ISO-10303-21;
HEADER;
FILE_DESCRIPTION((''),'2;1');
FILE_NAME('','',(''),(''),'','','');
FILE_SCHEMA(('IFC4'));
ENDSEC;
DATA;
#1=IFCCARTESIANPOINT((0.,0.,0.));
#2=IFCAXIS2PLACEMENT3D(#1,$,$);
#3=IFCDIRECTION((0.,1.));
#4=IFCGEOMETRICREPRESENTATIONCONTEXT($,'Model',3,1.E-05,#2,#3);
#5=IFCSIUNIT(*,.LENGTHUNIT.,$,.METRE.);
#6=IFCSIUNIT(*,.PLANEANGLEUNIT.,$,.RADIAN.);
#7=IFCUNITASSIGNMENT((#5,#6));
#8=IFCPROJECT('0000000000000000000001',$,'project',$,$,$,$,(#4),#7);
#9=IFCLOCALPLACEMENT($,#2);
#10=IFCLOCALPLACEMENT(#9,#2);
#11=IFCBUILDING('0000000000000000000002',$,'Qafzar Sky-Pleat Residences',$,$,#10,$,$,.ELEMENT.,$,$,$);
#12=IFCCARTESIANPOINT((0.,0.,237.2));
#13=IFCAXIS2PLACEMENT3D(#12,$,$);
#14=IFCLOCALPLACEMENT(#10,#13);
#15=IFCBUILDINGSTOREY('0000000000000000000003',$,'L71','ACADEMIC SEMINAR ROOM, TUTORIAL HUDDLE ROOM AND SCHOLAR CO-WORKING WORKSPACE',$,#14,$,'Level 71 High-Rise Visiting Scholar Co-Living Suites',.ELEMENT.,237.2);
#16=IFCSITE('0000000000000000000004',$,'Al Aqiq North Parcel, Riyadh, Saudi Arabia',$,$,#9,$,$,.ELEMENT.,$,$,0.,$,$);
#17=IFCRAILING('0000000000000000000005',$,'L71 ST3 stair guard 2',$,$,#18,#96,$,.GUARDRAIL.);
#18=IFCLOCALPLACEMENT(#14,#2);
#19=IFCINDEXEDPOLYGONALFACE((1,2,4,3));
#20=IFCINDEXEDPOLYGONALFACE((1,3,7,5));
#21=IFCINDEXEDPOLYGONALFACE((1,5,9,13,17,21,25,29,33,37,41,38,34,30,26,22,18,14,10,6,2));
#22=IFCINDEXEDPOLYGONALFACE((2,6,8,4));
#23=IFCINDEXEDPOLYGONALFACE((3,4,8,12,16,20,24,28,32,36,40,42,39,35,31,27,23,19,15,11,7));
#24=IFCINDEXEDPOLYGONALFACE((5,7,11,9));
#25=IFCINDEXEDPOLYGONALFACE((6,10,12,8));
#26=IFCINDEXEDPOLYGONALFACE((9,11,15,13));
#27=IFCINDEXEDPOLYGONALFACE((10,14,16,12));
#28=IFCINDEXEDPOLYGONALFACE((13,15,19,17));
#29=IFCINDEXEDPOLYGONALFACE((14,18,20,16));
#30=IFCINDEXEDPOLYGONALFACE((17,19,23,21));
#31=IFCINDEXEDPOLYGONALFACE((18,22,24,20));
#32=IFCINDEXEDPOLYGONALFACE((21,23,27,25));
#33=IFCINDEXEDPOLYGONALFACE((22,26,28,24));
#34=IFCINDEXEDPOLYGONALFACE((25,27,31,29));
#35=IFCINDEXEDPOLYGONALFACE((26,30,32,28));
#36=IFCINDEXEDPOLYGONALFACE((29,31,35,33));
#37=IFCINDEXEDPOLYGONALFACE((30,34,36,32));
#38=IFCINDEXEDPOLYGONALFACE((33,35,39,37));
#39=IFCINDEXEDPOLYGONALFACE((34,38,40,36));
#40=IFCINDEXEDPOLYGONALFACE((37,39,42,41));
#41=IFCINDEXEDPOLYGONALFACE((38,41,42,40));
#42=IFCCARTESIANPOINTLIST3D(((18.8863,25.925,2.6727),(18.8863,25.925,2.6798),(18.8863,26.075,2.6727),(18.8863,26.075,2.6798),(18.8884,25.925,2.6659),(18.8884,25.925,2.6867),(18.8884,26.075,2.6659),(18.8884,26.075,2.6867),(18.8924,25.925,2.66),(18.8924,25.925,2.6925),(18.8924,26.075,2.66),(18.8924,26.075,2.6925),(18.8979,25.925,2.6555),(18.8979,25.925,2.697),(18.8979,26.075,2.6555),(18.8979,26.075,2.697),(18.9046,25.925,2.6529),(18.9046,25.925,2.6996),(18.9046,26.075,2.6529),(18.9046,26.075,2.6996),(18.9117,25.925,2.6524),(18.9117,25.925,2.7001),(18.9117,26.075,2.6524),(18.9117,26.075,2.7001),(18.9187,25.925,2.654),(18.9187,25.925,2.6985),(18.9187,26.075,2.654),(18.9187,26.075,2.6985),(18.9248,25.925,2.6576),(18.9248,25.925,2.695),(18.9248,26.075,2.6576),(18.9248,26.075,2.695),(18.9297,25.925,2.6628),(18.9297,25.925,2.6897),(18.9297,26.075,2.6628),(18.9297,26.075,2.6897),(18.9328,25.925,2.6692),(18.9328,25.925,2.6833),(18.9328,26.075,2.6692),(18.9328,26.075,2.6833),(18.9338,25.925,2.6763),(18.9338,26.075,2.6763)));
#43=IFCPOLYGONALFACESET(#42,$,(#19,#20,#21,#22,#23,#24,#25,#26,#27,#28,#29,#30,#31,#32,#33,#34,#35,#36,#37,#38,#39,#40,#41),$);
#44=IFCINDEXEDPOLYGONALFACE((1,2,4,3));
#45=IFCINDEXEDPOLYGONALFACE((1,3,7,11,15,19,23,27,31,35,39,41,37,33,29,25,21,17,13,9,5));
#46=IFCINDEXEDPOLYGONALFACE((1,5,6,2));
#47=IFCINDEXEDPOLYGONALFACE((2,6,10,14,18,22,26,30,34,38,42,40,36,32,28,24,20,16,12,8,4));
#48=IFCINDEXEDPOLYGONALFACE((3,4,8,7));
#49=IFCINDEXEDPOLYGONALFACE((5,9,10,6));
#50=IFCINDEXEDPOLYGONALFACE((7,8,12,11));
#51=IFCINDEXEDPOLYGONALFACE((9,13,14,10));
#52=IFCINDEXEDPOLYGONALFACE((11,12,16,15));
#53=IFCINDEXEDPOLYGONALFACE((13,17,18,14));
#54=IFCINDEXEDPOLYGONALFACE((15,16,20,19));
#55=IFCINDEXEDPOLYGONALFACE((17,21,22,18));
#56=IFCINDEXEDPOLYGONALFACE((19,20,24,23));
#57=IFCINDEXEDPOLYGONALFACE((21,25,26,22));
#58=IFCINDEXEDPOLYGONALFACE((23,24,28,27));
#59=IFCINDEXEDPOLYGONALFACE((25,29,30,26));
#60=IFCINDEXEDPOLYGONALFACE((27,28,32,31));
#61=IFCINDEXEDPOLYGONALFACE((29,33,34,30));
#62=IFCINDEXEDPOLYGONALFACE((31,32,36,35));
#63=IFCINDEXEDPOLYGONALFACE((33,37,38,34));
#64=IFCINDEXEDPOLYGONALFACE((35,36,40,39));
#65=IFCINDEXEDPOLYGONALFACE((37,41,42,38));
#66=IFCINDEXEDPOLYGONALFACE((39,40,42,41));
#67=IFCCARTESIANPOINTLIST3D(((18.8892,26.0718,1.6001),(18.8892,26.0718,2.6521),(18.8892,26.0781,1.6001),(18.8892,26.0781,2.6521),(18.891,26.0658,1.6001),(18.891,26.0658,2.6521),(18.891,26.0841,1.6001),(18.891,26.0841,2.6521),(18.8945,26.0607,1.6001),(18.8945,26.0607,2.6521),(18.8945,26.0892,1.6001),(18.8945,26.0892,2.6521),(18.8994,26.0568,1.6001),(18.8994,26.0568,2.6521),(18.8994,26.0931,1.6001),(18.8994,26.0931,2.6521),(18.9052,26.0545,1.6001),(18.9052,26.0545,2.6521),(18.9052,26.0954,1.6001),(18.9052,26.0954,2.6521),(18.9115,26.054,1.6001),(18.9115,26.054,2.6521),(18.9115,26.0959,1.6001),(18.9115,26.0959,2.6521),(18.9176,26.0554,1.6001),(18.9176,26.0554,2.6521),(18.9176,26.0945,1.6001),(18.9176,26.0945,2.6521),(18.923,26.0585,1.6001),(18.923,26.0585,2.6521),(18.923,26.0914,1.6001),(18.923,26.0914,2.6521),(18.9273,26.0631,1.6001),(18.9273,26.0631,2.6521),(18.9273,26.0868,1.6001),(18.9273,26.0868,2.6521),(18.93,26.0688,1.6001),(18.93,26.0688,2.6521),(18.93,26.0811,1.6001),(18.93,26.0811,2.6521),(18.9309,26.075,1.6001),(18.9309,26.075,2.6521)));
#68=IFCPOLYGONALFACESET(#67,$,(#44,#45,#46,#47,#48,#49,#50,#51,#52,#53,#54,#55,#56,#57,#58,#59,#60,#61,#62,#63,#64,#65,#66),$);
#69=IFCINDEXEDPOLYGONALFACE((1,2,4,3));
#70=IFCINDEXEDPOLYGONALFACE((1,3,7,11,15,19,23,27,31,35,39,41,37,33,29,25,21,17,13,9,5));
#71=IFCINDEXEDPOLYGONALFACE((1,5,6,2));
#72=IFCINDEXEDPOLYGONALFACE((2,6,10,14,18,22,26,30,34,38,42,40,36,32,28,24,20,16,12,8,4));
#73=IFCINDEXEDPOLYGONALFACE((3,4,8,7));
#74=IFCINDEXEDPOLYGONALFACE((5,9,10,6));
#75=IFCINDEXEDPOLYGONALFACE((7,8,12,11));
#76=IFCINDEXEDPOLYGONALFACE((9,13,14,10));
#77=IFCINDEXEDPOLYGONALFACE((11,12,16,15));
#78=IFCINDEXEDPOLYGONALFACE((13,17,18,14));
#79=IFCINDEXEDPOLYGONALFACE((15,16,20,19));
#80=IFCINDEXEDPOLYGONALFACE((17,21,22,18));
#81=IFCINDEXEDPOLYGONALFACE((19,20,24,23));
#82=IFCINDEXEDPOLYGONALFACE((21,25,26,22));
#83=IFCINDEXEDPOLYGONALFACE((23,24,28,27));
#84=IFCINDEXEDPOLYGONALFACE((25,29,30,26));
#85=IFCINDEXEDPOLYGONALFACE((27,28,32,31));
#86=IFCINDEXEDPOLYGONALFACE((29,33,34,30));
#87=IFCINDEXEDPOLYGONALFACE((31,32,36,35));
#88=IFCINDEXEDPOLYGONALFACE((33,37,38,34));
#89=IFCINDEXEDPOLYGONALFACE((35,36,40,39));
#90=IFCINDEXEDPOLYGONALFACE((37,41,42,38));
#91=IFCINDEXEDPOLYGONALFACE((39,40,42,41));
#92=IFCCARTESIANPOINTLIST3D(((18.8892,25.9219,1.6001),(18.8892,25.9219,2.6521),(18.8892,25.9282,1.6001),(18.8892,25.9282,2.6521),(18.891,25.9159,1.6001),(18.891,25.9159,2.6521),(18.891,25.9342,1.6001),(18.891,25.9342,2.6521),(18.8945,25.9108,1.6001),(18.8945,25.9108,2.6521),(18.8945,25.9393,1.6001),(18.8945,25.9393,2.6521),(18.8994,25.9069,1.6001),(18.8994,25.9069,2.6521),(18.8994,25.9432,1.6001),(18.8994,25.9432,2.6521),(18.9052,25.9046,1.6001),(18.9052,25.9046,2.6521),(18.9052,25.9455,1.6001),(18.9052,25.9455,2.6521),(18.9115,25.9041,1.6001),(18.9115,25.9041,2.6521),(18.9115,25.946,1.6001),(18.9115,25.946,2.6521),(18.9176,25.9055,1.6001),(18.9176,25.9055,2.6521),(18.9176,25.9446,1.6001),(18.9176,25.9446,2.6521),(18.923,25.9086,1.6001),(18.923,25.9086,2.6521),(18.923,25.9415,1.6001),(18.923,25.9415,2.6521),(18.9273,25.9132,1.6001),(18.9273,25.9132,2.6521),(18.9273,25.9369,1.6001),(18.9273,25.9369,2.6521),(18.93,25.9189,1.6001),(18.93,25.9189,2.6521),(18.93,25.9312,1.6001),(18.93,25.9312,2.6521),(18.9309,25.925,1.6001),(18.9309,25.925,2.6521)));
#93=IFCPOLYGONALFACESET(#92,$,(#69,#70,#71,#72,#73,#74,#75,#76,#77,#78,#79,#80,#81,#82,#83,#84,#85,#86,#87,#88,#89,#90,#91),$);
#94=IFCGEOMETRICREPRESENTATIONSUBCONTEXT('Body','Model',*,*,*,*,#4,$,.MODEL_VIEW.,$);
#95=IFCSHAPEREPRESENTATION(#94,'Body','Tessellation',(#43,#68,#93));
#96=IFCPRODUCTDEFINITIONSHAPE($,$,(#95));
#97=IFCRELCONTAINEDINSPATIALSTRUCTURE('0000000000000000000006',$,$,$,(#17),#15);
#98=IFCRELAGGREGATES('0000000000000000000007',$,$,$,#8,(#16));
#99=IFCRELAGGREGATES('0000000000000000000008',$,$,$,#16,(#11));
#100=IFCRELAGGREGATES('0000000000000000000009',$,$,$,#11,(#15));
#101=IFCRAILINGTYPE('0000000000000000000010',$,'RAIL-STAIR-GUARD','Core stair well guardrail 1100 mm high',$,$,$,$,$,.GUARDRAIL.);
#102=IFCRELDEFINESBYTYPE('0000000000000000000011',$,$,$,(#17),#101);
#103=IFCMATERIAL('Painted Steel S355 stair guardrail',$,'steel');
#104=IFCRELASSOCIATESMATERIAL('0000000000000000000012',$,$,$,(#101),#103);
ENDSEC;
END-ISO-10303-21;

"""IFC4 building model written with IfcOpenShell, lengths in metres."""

from ifc_helpers import new_model, si_unit, direction, frame, origin, origin_2d, place, context, subcontext, project, spatial, circle, extrude, source, transform, mapped, material, type_object, element, save


model = new_model("IFC4")

# Units and contexts
model_context = context("Model", 3, precision=1e-05, world=origin(), true_north=direction((0.0, 1.0)))
body_context = subcontext(model_context, "Body", "Model", "MODEL_VIEW")
ifc_project = project(units=[si_unit("LENGTHUNIT", "METRE"), si_unit("PLANEANGLEUNIT", "RADIAN")], contexts=[model_context])

# Site, building, storey
site_placement = place(None, origin())
site = spatial("IfcSite", under=ifc_project, at=site_placement, Name="Al Aqiq North Parcel, Riyadh, Saudi Arabia", CompositionType="ELEMENT", RefElevation=0.0)
building_placement = place(site_placement, origin())
building = spatial("IfcBuilding", under=site, at=building_placement, Name="Qafzar Sky-Pleat Residences", CompositionType="ELEMENT")
storey_placement = place(building_placement, frame((0.0, 0.0, 237.2)))
storey = spatial("IfcBuildingStorey", under=building, at=storey_placement, Name="L71", Description="ACADEMIC SEMINAR ROOM, TUTORIAL HUDDLE ROOM AND SCHOLAR CO-WORKING WORKSPACE", LongName="Level 71 High-Rise Visiting Scholar Co-Living Suites", CompositionType="ELEMENT", Elevation=237.2)

# Railing
ifc_material_1 = material(Name="Painted Steel S355 stair guardrail", Category="steel")
railing_type_1 = type_object("IfcRailingType", Name="RAIL-STAIR-GUARD", Description="Core stair well guardrail 1100 mm high", PredefinedType="GUARDRAIL", material=ifc_material_1)
shared_shape_1 = source(origin(), body_context, "Body", "SweptSolid", [
    extrude(circle(Radius=0.0239, at=origin_2d()), frame((0.0, 0.0, 1.0762), z_axis=(0.0, -1.0, 0.0), x_axis=(1.0, 0.0, 0.0)), (0.0, 0.0, 1.0), 0.1499),
    extrude(circle(Radius=0.021, at=origin_2d()), origin(), (0.0, 0.0, 1.0), 1.052),
    extrude(circle(Radius=0.021, at=origin_2d()), frame((0.0, -0.1499, 0.0)), (0.0, 0.0, 1.0), 1.052),
])
railing_1_placement = place(storey_placement, frame((18.9099, 26.075, 1.6001)))
element("IfcRailing", 1, at=railing_1_placement, inside=storey, type_object=railing_type_1, Name="L71 ST3 stair guard 2", PredefinedType="GUARDRAIL", context=body_context, shape_type="MappedRepresentation", body=[
    mapped(shared_shape_1, transform((0.0, 0.0, 0.0), x_axis=(1.0, 0.0, 0.0), y_axis=(0.0, 1.0, 0.0), z_axis=(0.0, 0.0, 1.0), scale=1.0)),
])

save(model, "model.ifc")
